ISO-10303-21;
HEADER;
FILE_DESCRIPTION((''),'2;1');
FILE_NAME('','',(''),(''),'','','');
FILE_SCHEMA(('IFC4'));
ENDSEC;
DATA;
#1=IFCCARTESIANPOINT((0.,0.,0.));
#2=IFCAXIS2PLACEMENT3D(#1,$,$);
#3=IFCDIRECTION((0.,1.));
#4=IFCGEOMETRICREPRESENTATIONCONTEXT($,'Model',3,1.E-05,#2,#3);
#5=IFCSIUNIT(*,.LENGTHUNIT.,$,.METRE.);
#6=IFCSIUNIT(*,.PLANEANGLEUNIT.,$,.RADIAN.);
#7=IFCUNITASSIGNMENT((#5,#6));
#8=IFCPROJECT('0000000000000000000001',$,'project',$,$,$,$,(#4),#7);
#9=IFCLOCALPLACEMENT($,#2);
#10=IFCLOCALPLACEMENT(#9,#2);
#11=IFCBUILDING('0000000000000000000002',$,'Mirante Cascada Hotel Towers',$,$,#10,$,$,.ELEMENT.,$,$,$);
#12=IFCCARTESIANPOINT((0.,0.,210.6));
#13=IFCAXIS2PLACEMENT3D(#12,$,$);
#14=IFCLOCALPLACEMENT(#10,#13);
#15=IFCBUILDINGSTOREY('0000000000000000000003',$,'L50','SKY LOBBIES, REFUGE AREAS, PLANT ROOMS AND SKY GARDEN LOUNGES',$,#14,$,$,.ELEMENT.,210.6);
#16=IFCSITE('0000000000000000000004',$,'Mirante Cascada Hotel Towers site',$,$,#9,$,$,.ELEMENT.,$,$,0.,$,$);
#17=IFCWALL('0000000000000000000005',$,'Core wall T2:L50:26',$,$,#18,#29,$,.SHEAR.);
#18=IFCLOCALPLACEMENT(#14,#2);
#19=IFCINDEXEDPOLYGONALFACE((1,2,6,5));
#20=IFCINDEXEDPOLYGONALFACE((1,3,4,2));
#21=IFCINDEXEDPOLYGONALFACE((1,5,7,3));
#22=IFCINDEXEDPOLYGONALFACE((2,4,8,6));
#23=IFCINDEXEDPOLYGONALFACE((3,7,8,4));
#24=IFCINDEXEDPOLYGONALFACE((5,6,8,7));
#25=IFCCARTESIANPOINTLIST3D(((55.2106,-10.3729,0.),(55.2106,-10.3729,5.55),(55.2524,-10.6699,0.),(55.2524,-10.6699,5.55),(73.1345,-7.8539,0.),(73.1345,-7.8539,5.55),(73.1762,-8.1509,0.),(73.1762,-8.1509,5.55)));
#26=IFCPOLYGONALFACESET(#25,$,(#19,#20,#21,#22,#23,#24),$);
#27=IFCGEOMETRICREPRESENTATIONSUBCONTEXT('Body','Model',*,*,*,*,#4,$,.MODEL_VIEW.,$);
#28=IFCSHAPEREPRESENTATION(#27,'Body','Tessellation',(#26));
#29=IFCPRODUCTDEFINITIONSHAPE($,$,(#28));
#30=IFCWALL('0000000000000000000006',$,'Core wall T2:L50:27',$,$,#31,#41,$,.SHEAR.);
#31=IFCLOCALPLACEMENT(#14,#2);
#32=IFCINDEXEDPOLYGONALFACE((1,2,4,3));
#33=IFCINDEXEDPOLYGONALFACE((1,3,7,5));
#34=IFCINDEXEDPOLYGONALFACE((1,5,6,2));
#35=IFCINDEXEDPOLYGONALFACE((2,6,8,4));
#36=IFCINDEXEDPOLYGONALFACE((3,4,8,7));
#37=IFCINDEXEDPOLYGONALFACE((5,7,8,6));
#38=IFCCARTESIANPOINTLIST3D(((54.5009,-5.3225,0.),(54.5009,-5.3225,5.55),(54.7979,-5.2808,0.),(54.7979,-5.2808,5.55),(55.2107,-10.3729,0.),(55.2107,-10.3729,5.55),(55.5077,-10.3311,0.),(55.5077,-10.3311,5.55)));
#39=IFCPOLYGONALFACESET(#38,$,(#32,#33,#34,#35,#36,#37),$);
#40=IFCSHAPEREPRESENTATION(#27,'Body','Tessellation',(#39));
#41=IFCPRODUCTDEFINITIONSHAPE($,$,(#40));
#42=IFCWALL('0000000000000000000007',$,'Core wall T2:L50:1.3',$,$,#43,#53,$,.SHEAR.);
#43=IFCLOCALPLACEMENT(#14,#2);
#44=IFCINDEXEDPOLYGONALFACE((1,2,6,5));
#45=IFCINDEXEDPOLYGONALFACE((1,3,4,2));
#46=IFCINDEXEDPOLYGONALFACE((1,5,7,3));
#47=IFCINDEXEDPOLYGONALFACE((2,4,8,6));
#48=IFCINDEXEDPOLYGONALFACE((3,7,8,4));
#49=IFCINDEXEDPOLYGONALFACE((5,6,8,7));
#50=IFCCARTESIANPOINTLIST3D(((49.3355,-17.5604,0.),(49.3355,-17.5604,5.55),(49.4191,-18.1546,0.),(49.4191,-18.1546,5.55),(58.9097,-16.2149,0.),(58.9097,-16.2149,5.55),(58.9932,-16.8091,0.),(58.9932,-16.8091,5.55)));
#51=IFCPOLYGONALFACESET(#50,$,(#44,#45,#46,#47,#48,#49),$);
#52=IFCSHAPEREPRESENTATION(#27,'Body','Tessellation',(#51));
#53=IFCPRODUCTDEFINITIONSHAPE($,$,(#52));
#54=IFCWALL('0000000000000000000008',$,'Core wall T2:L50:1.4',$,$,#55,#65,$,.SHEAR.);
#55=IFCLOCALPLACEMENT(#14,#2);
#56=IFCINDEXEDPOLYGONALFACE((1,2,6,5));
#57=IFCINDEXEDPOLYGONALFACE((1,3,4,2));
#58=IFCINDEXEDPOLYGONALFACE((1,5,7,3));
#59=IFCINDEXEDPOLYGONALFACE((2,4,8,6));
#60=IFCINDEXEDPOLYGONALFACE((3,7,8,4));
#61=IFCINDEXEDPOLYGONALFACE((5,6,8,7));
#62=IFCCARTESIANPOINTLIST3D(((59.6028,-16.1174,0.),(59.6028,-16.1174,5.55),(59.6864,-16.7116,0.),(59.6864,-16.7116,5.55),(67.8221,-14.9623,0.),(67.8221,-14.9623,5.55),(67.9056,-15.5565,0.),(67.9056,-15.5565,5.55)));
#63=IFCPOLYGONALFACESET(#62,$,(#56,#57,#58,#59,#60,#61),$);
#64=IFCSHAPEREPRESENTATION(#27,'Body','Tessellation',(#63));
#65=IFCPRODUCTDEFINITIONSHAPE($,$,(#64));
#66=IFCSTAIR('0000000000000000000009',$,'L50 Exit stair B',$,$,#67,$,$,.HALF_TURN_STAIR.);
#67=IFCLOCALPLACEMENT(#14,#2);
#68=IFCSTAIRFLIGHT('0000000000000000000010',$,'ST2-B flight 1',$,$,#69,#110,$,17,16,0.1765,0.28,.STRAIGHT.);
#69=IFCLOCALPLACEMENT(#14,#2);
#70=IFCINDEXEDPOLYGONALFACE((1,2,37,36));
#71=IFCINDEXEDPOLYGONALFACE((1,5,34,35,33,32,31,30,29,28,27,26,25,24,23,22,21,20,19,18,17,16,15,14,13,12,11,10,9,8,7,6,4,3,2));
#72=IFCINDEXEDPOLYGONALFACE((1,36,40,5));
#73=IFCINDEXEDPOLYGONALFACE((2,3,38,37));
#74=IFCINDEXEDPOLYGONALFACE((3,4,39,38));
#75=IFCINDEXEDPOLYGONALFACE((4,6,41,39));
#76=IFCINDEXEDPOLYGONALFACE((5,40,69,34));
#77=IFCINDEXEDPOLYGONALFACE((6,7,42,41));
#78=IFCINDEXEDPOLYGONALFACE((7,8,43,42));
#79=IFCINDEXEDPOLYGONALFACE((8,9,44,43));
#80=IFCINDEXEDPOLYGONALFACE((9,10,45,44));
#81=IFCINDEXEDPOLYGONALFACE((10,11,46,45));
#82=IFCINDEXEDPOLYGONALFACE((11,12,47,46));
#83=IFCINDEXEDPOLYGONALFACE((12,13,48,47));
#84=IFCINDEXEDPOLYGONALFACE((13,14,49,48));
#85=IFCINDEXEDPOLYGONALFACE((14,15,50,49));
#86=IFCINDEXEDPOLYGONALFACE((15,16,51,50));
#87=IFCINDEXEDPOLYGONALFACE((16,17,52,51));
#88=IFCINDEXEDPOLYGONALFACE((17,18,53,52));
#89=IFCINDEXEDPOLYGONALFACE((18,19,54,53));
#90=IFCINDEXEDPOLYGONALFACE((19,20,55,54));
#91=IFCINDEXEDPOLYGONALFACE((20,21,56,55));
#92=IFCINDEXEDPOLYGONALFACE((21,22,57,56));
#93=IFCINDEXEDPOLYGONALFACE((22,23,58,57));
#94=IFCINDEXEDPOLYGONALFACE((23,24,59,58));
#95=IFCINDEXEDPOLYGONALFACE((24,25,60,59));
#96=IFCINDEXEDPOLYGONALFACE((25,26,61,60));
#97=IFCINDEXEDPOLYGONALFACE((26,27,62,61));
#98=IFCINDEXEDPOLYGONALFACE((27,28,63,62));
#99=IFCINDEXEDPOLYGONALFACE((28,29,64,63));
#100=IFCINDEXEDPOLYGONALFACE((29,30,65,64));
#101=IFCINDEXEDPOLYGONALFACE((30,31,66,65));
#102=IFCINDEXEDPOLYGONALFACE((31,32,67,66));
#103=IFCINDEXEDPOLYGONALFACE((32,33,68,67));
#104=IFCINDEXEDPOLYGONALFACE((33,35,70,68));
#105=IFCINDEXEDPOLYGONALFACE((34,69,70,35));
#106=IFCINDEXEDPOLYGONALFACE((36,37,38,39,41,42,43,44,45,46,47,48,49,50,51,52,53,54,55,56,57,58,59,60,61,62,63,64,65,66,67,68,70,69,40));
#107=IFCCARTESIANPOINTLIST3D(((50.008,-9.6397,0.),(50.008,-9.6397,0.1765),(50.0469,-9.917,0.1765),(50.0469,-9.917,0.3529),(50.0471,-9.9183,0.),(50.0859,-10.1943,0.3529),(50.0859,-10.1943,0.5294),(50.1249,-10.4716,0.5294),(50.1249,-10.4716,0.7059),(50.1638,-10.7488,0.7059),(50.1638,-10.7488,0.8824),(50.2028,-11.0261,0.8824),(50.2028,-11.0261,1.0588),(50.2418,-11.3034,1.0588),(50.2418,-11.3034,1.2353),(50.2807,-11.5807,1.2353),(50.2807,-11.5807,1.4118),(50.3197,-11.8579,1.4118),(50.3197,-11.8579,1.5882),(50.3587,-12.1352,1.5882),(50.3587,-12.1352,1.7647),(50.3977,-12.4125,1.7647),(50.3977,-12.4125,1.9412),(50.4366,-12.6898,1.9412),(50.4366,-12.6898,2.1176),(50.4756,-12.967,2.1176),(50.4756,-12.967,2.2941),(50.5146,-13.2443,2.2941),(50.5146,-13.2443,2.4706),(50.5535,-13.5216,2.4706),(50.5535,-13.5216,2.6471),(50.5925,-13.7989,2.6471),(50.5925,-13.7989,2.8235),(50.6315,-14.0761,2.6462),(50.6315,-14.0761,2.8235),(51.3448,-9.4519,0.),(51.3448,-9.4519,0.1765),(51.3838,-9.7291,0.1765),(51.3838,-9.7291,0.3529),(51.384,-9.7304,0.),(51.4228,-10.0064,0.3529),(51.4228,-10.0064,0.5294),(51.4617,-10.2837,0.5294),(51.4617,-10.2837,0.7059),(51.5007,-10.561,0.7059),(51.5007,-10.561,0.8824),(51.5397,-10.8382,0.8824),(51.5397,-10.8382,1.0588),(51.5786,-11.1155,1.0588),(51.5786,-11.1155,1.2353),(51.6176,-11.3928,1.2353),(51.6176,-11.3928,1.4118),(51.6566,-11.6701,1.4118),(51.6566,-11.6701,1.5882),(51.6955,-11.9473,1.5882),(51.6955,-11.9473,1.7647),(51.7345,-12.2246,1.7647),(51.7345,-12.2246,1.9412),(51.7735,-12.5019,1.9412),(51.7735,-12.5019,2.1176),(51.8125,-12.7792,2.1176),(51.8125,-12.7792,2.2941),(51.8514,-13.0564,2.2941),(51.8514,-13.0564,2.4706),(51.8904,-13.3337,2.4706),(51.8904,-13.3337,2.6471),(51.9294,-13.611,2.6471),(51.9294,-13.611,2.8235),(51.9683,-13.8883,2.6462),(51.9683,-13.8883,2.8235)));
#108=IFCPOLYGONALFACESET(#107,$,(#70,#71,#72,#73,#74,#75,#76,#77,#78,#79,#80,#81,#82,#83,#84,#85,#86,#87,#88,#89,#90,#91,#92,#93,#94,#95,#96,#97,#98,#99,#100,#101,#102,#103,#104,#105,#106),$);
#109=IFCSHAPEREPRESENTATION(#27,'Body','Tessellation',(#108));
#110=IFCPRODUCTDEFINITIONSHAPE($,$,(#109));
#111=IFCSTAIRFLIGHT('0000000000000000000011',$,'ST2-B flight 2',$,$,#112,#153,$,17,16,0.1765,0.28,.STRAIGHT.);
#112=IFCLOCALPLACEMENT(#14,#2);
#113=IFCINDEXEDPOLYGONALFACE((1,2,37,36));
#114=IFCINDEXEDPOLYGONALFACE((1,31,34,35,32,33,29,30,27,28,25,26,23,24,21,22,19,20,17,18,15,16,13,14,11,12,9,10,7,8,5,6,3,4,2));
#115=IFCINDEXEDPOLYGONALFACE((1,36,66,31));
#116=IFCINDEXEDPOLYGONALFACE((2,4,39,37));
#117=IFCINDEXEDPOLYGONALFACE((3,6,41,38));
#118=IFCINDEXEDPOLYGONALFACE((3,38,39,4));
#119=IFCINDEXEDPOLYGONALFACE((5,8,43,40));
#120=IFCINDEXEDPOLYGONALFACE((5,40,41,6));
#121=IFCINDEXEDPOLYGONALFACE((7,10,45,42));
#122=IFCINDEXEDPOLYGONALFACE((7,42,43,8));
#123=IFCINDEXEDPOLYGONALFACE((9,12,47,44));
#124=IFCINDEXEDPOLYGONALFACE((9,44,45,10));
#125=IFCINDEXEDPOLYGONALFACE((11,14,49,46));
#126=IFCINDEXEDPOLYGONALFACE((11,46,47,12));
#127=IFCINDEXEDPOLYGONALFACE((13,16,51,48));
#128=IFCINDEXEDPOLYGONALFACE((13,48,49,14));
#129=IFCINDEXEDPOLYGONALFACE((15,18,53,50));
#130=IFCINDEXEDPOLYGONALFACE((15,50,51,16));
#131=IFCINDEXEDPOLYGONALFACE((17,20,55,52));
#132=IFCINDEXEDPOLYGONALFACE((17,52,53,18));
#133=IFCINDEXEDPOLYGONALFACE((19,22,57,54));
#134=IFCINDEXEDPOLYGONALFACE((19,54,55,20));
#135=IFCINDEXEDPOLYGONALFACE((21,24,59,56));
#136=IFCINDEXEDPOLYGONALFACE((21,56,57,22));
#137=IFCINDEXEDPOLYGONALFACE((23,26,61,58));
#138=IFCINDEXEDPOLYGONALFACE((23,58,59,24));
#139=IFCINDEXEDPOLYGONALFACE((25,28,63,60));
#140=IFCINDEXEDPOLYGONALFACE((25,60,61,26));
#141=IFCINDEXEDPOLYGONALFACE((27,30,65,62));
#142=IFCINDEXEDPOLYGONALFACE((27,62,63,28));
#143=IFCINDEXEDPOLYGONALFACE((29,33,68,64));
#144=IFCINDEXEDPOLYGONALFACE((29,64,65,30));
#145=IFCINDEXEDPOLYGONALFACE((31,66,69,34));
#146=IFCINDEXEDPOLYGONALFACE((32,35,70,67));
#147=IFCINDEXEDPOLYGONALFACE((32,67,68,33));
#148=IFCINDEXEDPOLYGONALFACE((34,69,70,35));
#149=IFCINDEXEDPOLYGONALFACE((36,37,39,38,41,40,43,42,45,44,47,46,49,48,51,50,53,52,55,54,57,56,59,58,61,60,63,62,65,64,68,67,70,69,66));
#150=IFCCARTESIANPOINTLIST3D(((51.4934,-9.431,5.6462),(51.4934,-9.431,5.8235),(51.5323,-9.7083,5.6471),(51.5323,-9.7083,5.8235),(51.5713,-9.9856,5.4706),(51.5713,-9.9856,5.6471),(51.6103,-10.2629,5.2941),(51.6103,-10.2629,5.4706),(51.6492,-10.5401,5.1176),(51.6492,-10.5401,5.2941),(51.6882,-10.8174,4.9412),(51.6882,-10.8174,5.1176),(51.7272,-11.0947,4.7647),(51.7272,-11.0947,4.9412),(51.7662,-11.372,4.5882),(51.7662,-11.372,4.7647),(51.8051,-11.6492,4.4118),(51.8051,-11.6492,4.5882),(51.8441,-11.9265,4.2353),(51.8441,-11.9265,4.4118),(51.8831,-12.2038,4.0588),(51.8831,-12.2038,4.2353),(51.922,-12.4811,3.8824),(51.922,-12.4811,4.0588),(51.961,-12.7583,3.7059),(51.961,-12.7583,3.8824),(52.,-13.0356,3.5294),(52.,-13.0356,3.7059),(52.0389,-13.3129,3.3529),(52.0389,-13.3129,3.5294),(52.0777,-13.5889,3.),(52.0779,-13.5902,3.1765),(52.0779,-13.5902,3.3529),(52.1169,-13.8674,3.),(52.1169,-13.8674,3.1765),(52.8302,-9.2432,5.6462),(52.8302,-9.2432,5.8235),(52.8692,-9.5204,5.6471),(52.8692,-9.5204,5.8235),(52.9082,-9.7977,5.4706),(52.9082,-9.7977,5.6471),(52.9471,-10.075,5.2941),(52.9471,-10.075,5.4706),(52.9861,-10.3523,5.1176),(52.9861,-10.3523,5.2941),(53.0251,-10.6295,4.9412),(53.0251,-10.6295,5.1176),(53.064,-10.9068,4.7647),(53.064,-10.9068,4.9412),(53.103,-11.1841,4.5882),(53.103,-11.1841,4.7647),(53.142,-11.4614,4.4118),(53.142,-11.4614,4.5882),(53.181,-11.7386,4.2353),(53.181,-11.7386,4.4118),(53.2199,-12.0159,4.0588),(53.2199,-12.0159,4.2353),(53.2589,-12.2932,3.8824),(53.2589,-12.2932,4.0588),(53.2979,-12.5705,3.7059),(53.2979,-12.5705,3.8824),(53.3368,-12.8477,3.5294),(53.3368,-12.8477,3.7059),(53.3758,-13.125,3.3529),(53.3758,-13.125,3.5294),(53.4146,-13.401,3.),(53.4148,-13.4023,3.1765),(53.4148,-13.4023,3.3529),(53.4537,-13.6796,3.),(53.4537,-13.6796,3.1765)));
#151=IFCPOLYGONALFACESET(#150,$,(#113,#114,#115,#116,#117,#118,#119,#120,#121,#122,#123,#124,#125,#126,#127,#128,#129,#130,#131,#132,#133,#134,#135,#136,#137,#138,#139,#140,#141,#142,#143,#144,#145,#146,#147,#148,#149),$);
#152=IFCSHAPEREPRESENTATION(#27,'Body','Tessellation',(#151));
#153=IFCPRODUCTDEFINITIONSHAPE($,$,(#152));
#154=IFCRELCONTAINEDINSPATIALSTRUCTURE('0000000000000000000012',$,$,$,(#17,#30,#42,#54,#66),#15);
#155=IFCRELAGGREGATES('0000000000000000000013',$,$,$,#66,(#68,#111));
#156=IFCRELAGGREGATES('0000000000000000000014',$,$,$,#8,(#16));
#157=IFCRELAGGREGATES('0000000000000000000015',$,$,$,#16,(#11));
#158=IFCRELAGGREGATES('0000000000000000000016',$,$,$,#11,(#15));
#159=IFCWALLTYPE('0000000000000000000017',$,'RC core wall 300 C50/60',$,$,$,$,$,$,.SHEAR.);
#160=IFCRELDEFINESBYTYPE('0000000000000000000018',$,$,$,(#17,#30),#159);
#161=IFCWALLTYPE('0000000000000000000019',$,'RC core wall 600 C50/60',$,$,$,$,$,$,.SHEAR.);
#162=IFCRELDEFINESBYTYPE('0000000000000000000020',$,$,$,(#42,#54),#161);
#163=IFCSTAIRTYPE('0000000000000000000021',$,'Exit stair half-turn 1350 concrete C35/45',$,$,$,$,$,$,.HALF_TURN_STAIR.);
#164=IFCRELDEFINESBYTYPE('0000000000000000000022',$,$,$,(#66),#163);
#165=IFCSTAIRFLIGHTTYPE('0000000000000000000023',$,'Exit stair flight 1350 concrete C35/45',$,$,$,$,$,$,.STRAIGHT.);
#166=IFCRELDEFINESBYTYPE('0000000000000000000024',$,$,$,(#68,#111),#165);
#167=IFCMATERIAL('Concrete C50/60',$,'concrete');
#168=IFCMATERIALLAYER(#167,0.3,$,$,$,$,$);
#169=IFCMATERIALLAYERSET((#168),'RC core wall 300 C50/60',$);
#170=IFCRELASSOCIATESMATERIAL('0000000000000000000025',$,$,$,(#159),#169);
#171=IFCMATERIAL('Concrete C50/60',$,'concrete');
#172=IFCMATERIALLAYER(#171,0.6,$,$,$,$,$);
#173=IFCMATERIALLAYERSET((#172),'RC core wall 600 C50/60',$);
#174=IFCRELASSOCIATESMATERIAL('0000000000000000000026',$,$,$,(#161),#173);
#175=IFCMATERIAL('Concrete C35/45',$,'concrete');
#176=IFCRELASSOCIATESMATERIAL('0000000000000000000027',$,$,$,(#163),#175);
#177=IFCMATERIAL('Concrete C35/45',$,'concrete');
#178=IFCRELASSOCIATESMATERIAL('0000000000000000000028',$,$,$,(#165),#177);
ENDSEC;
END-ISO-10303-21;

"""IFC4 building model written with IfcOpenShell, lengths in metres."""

from ifc_helpers import new_model, si_unit, direction, frame, frame_2d, origin, place, context, subcontext, project, spatial, polyline, rectangle, outline, extrude, material, layer, layer_set, type_object, element, aggregate, save


model = new_model("IFC4")

# Units and contexts
model_context = context("Model", 3, precision=1e-05, world=origin(), true_north=direction((0.0, 1.0)))
body_context = subcontext(model_context, "Body", "Model", "MODEL_VIEW")
ifc_project = project(units=[si_unit("LENGTHUNIT", "METRE"), si_unit("PLANEANGLEUNIT", "RADIAN")], contexts=[model_context])

# Site, building, storey
site_placement = place(None, origin())
site = spatial("IfcSite", under=ifc_project, at=site_placement, Name="Mirante Cascada Hotel Towers site", CompositionType="ELEMENT", RefElevation=0.0)
building_placement = place(site_placement, origin())
building = spatial("IfcBuilding", under=site, at=building_placement, Name="Mirante Cascada Hotel Towers", CompositionType="ELEMENT")
storey_placement = place(building_placement, frame((0.0, 0.0, 210.6)))
storey = spatial("IfcBuildingStorey", under=building, at=storey_placement, Name="L50", Description="SKY LOBBIES, REFUGE AREAS, PLANT ROOMS AND SKY GARDEN LOUNGES", CompositionType="ELEMENT", Elevation=210.6)

# Shared definitions
ifc_material_1 = material(Name="Concrete C50/60", Category="concrete")
ifc_layer_1 = layer(ifc_material_1, 0.3)
ifc_layer_set_1 = layer_set([ifc_layer_1], Name="RC core wall 300 C50/60")
wall_type_1 = type_object("IfcWallType", Name="RC core wall 300 C50/60", PredefinedType="SHEAR", material=ifc_layer_set_1)

# Walls
wall_1_placement = place(storey_placement, frame((55.2315, -10.5214, 0.0), z_axis=(0.0, 0.0, 1.0), x_axis=(0.990268, 0.139171, 0.0)))
element("IfcWall", 1, at=wall_1_placement, inside=storey, type_object=wall_type_1, Name="Core wall T2:L50:26", PredefinedType="SHEAR", context=body_context, shape_type="SweptSolid", body=[
    extrude(rectangle(XDim=18.1, YDim=0.3, at=frame_2d((9.05, 0.0))), origin(), (0.0, 0.0, 1.0), 5.55),
])
wall_2_placement = place(storey_placement, frame((55.3592, -10.352, 0.0), z_axis=(0.0, 0.0, 1.0), x_axis=(-0.139176, 0.990268, 0.0)))
element("IfcWall", 2, at=wall_2_placement, inside=storey, type_object=wall_type_1, Name="Core wall T2:L50:27", PredefinedType="SHEAR", context=body_context, shape_type="SweptSolid", body=[
    extrude(rectangle(XDim=5.1, YDim=0.3, at=frame_2d((2.55, 0.0))), origin(), (0.0, 0.0, 1.0), 5.55),
])
ifc_material_2 = material(Name="Concrete C50/60", Category="concrete")
ifc_layer_2 = layer(ifc_material_2, 0.6)
ifc_layer_set_2 = layer_set([ifc_layer_2], Name="RC core wall 600 C50/60")
wall_type_2 = type_object("IfcWallType", Name="RC core wall 600 C50/60", PredefinedType="SHEAR", material=ifc_layer_set_2)
wall_3_placement = place(storey_placement, frame((49.3773, -17.8575, 0.0), z_axis=(0.0, 0.0, 1.0), x_axis=(0.990269, 0.139168, 0.0)))
element("IfcWall", 3, at=wall_3_placement, inside=storey, type_object=wall_type_2, Name="Core wall T2:L50:1.3", PredefinedType="SHEAR", context=body_context, shape_type="SweptSolid", body=[
    extrude(rectangle(XDim=9.6682, YDim=0.6, at=frame_2d((4.8341, 0.0))), origin(), (0.0, 0.0, 1.0), 5.55),
])
wall_4_placement = place(storey_placement, frame((59.6446, -16.4145, 0.0), z_axis=(0.0, 0.0, 1.0), x_axis=(0.990269, 0.139169, 0.0)))
element("IfcWall", 4, at=wall_4_placement, inside=storey, type_object=wall_type_2, Name="Core wall T2:L50:1.4", PredefinedType="SHEAR", context=body_context, shape_type="SweptSolid", body=[
    extrude(rectangle(XDim=8.3, YDim=0.6, at=frame_2d((4.15, 0.0))), origin(), (0.0, 0.0, 1.0), 5.55),
])

# Stair, stair flights
ifc_material_3 = material(Name="Concrete C35/45", Category="concrete")
stair_type = type_object("IfcStairType", Name="Exit stair half-turn 1350 concrete C35/45", PredefinedType="HALF_TURN_STAIR", material=ifc_material_3)
stair_placement = place(storey_placement, origin())
stair = element("IfcStair", 5, at=stair_placement, inside=storey, type_object=stair_type, Name="L50 Exit stair B", PredefinedType="HALF_TURN_STAIR")
ifc_material_4 = material(Name="Concrete C35/45", Category="concrete")
stair_flight_type = type_object("IfcStairFlightType", Name="Exit stair flight 1350 concrete C35/45", PredefinedType="STRAIGHT", material=ifc_material_4)
stair_flight_1_placement = place(storey_placement, frame((50.6764, -9.5458, 0.0), z_axis=(0.0, 0.0, 1.0), x_axis=(0.139173, -0.990268, 0.0)))
stair_flight_1 = element("IfcStairFlight", 6, at=stair_flight_1_placement, type_object=stair_flight_type, Name="ST2-B flight 1", NumberOfRisers=17, NumberOfTreads=16, PredefinedType="STRAIGHT", RiserHeight=0.1765, TreadLength=0.28, context=body_context, shape_type="SweptSolid", body=[
    extrude(outline(polyline([(0.0, 0.0), (0.0, 0.1765), (0.28, 0.1765), (0.28, 0.3529), (0.56, 0.3529), (0.56, 0.5294), (0.84, 0.5294), (0.84, 0.7059), (1.12, 0.7059), (1.12, 0.8824), (1.4, 0.8824), (1.4, 1.0588), (1.68, 1.0588), (1.68, 1.2353), (1.96, 1.2353), (1.96, 1.4118), (2.24, 1.4118), (2.24, 1.5882), (2.52, 1.5882), (2.52, 1.7647), (2.8, 1.7647), (2.8, 1.9412), (3.08, 1.9412), (3.08, 2.1176), (3.36, 2.1176), (3.36, 2.2941), (3.64, 2.2941), (3.64, 2.4706), (3.92, 2.4706), (3.92, 2.6471), (4.2, 2.6471), (4.2, 2.8235), (4.48, 2.8235), (4.48, 3.0), (4.48, 2.6462), (0.2813, 0.0), (0.0, 0.0)])), frame((0.0, 0.675, 0.0), z_axis=(0.0, -1.0, 0.0), x_axis=(1.0, 0.0, 0.0)), (0.0, 0.0, 1.0), 1.35),
])
stair_flight_2_placement = place(storey_placement, frame((52.7853, -13.7735, 3.0), z_axis=(0.0, 0.0, 1.0), x_axis=(-0.139173, 0.990268, 0.0)))
stair_flight_2 = element("IfcStairFlight", 7, at=stair_flight_2_placement, type_object=stair_flight_type, Name="ST2-B flight 2", NumberOfRisers=17, NumberOfTreads=16, PredefinedType="STRAIGHT", RiserHeight=0.1765, TreadLength=0.28, context=body_context, shape_type="SweptSolid", body=[
    extrude(outline(polyline([(0.0, 0.0), (0.0, 0.1765), (0.28, 0.1765), (0.28, 0.3529), (0.56, 0.3529), (0.56, 0.5294), (0.84, 0.5294), (0.84, 0.7059), (1.12, 0.7059), (1.12, 0.8824), (1.4, 0.8824), (1.4, 1.0588), (1.68, 1.0588), (1.68, 1.2353), (1.96, 1.2353), (1.96, 1.4118), (2.24, 1.4118), (2.24, 1.5882), (2.52, 1.5882), (2.52, 1.7647), (2.8, 1.7647), (2.8, 1.9412), (3.08, 1.9412), (3.08, 2.1176), (3.36, 2.1176), (3.36, 2.2941), (3.64, 2.2941), (3.64, 2.4706), (3.92, 2.4706), (3.92, 2.6471), (4.2, 2.6471), (4.2, 2.8235), (4.48, 2.8235), (4.48, 3.0), (4.48, 2.6462), (0.2813, 0.0), (0.0, 0.0)])), frame((0.0, 0.675, 0.0), z_axis=(0.0, -1.0, 0.0), x_axis=(1.0, 0.0, 0.0)), (0.0, 0.0, 1.0), 1.35),
])
aggregate(stair, [stair_flight_1, stair_flight_2])

save(model, "model.ifc")
